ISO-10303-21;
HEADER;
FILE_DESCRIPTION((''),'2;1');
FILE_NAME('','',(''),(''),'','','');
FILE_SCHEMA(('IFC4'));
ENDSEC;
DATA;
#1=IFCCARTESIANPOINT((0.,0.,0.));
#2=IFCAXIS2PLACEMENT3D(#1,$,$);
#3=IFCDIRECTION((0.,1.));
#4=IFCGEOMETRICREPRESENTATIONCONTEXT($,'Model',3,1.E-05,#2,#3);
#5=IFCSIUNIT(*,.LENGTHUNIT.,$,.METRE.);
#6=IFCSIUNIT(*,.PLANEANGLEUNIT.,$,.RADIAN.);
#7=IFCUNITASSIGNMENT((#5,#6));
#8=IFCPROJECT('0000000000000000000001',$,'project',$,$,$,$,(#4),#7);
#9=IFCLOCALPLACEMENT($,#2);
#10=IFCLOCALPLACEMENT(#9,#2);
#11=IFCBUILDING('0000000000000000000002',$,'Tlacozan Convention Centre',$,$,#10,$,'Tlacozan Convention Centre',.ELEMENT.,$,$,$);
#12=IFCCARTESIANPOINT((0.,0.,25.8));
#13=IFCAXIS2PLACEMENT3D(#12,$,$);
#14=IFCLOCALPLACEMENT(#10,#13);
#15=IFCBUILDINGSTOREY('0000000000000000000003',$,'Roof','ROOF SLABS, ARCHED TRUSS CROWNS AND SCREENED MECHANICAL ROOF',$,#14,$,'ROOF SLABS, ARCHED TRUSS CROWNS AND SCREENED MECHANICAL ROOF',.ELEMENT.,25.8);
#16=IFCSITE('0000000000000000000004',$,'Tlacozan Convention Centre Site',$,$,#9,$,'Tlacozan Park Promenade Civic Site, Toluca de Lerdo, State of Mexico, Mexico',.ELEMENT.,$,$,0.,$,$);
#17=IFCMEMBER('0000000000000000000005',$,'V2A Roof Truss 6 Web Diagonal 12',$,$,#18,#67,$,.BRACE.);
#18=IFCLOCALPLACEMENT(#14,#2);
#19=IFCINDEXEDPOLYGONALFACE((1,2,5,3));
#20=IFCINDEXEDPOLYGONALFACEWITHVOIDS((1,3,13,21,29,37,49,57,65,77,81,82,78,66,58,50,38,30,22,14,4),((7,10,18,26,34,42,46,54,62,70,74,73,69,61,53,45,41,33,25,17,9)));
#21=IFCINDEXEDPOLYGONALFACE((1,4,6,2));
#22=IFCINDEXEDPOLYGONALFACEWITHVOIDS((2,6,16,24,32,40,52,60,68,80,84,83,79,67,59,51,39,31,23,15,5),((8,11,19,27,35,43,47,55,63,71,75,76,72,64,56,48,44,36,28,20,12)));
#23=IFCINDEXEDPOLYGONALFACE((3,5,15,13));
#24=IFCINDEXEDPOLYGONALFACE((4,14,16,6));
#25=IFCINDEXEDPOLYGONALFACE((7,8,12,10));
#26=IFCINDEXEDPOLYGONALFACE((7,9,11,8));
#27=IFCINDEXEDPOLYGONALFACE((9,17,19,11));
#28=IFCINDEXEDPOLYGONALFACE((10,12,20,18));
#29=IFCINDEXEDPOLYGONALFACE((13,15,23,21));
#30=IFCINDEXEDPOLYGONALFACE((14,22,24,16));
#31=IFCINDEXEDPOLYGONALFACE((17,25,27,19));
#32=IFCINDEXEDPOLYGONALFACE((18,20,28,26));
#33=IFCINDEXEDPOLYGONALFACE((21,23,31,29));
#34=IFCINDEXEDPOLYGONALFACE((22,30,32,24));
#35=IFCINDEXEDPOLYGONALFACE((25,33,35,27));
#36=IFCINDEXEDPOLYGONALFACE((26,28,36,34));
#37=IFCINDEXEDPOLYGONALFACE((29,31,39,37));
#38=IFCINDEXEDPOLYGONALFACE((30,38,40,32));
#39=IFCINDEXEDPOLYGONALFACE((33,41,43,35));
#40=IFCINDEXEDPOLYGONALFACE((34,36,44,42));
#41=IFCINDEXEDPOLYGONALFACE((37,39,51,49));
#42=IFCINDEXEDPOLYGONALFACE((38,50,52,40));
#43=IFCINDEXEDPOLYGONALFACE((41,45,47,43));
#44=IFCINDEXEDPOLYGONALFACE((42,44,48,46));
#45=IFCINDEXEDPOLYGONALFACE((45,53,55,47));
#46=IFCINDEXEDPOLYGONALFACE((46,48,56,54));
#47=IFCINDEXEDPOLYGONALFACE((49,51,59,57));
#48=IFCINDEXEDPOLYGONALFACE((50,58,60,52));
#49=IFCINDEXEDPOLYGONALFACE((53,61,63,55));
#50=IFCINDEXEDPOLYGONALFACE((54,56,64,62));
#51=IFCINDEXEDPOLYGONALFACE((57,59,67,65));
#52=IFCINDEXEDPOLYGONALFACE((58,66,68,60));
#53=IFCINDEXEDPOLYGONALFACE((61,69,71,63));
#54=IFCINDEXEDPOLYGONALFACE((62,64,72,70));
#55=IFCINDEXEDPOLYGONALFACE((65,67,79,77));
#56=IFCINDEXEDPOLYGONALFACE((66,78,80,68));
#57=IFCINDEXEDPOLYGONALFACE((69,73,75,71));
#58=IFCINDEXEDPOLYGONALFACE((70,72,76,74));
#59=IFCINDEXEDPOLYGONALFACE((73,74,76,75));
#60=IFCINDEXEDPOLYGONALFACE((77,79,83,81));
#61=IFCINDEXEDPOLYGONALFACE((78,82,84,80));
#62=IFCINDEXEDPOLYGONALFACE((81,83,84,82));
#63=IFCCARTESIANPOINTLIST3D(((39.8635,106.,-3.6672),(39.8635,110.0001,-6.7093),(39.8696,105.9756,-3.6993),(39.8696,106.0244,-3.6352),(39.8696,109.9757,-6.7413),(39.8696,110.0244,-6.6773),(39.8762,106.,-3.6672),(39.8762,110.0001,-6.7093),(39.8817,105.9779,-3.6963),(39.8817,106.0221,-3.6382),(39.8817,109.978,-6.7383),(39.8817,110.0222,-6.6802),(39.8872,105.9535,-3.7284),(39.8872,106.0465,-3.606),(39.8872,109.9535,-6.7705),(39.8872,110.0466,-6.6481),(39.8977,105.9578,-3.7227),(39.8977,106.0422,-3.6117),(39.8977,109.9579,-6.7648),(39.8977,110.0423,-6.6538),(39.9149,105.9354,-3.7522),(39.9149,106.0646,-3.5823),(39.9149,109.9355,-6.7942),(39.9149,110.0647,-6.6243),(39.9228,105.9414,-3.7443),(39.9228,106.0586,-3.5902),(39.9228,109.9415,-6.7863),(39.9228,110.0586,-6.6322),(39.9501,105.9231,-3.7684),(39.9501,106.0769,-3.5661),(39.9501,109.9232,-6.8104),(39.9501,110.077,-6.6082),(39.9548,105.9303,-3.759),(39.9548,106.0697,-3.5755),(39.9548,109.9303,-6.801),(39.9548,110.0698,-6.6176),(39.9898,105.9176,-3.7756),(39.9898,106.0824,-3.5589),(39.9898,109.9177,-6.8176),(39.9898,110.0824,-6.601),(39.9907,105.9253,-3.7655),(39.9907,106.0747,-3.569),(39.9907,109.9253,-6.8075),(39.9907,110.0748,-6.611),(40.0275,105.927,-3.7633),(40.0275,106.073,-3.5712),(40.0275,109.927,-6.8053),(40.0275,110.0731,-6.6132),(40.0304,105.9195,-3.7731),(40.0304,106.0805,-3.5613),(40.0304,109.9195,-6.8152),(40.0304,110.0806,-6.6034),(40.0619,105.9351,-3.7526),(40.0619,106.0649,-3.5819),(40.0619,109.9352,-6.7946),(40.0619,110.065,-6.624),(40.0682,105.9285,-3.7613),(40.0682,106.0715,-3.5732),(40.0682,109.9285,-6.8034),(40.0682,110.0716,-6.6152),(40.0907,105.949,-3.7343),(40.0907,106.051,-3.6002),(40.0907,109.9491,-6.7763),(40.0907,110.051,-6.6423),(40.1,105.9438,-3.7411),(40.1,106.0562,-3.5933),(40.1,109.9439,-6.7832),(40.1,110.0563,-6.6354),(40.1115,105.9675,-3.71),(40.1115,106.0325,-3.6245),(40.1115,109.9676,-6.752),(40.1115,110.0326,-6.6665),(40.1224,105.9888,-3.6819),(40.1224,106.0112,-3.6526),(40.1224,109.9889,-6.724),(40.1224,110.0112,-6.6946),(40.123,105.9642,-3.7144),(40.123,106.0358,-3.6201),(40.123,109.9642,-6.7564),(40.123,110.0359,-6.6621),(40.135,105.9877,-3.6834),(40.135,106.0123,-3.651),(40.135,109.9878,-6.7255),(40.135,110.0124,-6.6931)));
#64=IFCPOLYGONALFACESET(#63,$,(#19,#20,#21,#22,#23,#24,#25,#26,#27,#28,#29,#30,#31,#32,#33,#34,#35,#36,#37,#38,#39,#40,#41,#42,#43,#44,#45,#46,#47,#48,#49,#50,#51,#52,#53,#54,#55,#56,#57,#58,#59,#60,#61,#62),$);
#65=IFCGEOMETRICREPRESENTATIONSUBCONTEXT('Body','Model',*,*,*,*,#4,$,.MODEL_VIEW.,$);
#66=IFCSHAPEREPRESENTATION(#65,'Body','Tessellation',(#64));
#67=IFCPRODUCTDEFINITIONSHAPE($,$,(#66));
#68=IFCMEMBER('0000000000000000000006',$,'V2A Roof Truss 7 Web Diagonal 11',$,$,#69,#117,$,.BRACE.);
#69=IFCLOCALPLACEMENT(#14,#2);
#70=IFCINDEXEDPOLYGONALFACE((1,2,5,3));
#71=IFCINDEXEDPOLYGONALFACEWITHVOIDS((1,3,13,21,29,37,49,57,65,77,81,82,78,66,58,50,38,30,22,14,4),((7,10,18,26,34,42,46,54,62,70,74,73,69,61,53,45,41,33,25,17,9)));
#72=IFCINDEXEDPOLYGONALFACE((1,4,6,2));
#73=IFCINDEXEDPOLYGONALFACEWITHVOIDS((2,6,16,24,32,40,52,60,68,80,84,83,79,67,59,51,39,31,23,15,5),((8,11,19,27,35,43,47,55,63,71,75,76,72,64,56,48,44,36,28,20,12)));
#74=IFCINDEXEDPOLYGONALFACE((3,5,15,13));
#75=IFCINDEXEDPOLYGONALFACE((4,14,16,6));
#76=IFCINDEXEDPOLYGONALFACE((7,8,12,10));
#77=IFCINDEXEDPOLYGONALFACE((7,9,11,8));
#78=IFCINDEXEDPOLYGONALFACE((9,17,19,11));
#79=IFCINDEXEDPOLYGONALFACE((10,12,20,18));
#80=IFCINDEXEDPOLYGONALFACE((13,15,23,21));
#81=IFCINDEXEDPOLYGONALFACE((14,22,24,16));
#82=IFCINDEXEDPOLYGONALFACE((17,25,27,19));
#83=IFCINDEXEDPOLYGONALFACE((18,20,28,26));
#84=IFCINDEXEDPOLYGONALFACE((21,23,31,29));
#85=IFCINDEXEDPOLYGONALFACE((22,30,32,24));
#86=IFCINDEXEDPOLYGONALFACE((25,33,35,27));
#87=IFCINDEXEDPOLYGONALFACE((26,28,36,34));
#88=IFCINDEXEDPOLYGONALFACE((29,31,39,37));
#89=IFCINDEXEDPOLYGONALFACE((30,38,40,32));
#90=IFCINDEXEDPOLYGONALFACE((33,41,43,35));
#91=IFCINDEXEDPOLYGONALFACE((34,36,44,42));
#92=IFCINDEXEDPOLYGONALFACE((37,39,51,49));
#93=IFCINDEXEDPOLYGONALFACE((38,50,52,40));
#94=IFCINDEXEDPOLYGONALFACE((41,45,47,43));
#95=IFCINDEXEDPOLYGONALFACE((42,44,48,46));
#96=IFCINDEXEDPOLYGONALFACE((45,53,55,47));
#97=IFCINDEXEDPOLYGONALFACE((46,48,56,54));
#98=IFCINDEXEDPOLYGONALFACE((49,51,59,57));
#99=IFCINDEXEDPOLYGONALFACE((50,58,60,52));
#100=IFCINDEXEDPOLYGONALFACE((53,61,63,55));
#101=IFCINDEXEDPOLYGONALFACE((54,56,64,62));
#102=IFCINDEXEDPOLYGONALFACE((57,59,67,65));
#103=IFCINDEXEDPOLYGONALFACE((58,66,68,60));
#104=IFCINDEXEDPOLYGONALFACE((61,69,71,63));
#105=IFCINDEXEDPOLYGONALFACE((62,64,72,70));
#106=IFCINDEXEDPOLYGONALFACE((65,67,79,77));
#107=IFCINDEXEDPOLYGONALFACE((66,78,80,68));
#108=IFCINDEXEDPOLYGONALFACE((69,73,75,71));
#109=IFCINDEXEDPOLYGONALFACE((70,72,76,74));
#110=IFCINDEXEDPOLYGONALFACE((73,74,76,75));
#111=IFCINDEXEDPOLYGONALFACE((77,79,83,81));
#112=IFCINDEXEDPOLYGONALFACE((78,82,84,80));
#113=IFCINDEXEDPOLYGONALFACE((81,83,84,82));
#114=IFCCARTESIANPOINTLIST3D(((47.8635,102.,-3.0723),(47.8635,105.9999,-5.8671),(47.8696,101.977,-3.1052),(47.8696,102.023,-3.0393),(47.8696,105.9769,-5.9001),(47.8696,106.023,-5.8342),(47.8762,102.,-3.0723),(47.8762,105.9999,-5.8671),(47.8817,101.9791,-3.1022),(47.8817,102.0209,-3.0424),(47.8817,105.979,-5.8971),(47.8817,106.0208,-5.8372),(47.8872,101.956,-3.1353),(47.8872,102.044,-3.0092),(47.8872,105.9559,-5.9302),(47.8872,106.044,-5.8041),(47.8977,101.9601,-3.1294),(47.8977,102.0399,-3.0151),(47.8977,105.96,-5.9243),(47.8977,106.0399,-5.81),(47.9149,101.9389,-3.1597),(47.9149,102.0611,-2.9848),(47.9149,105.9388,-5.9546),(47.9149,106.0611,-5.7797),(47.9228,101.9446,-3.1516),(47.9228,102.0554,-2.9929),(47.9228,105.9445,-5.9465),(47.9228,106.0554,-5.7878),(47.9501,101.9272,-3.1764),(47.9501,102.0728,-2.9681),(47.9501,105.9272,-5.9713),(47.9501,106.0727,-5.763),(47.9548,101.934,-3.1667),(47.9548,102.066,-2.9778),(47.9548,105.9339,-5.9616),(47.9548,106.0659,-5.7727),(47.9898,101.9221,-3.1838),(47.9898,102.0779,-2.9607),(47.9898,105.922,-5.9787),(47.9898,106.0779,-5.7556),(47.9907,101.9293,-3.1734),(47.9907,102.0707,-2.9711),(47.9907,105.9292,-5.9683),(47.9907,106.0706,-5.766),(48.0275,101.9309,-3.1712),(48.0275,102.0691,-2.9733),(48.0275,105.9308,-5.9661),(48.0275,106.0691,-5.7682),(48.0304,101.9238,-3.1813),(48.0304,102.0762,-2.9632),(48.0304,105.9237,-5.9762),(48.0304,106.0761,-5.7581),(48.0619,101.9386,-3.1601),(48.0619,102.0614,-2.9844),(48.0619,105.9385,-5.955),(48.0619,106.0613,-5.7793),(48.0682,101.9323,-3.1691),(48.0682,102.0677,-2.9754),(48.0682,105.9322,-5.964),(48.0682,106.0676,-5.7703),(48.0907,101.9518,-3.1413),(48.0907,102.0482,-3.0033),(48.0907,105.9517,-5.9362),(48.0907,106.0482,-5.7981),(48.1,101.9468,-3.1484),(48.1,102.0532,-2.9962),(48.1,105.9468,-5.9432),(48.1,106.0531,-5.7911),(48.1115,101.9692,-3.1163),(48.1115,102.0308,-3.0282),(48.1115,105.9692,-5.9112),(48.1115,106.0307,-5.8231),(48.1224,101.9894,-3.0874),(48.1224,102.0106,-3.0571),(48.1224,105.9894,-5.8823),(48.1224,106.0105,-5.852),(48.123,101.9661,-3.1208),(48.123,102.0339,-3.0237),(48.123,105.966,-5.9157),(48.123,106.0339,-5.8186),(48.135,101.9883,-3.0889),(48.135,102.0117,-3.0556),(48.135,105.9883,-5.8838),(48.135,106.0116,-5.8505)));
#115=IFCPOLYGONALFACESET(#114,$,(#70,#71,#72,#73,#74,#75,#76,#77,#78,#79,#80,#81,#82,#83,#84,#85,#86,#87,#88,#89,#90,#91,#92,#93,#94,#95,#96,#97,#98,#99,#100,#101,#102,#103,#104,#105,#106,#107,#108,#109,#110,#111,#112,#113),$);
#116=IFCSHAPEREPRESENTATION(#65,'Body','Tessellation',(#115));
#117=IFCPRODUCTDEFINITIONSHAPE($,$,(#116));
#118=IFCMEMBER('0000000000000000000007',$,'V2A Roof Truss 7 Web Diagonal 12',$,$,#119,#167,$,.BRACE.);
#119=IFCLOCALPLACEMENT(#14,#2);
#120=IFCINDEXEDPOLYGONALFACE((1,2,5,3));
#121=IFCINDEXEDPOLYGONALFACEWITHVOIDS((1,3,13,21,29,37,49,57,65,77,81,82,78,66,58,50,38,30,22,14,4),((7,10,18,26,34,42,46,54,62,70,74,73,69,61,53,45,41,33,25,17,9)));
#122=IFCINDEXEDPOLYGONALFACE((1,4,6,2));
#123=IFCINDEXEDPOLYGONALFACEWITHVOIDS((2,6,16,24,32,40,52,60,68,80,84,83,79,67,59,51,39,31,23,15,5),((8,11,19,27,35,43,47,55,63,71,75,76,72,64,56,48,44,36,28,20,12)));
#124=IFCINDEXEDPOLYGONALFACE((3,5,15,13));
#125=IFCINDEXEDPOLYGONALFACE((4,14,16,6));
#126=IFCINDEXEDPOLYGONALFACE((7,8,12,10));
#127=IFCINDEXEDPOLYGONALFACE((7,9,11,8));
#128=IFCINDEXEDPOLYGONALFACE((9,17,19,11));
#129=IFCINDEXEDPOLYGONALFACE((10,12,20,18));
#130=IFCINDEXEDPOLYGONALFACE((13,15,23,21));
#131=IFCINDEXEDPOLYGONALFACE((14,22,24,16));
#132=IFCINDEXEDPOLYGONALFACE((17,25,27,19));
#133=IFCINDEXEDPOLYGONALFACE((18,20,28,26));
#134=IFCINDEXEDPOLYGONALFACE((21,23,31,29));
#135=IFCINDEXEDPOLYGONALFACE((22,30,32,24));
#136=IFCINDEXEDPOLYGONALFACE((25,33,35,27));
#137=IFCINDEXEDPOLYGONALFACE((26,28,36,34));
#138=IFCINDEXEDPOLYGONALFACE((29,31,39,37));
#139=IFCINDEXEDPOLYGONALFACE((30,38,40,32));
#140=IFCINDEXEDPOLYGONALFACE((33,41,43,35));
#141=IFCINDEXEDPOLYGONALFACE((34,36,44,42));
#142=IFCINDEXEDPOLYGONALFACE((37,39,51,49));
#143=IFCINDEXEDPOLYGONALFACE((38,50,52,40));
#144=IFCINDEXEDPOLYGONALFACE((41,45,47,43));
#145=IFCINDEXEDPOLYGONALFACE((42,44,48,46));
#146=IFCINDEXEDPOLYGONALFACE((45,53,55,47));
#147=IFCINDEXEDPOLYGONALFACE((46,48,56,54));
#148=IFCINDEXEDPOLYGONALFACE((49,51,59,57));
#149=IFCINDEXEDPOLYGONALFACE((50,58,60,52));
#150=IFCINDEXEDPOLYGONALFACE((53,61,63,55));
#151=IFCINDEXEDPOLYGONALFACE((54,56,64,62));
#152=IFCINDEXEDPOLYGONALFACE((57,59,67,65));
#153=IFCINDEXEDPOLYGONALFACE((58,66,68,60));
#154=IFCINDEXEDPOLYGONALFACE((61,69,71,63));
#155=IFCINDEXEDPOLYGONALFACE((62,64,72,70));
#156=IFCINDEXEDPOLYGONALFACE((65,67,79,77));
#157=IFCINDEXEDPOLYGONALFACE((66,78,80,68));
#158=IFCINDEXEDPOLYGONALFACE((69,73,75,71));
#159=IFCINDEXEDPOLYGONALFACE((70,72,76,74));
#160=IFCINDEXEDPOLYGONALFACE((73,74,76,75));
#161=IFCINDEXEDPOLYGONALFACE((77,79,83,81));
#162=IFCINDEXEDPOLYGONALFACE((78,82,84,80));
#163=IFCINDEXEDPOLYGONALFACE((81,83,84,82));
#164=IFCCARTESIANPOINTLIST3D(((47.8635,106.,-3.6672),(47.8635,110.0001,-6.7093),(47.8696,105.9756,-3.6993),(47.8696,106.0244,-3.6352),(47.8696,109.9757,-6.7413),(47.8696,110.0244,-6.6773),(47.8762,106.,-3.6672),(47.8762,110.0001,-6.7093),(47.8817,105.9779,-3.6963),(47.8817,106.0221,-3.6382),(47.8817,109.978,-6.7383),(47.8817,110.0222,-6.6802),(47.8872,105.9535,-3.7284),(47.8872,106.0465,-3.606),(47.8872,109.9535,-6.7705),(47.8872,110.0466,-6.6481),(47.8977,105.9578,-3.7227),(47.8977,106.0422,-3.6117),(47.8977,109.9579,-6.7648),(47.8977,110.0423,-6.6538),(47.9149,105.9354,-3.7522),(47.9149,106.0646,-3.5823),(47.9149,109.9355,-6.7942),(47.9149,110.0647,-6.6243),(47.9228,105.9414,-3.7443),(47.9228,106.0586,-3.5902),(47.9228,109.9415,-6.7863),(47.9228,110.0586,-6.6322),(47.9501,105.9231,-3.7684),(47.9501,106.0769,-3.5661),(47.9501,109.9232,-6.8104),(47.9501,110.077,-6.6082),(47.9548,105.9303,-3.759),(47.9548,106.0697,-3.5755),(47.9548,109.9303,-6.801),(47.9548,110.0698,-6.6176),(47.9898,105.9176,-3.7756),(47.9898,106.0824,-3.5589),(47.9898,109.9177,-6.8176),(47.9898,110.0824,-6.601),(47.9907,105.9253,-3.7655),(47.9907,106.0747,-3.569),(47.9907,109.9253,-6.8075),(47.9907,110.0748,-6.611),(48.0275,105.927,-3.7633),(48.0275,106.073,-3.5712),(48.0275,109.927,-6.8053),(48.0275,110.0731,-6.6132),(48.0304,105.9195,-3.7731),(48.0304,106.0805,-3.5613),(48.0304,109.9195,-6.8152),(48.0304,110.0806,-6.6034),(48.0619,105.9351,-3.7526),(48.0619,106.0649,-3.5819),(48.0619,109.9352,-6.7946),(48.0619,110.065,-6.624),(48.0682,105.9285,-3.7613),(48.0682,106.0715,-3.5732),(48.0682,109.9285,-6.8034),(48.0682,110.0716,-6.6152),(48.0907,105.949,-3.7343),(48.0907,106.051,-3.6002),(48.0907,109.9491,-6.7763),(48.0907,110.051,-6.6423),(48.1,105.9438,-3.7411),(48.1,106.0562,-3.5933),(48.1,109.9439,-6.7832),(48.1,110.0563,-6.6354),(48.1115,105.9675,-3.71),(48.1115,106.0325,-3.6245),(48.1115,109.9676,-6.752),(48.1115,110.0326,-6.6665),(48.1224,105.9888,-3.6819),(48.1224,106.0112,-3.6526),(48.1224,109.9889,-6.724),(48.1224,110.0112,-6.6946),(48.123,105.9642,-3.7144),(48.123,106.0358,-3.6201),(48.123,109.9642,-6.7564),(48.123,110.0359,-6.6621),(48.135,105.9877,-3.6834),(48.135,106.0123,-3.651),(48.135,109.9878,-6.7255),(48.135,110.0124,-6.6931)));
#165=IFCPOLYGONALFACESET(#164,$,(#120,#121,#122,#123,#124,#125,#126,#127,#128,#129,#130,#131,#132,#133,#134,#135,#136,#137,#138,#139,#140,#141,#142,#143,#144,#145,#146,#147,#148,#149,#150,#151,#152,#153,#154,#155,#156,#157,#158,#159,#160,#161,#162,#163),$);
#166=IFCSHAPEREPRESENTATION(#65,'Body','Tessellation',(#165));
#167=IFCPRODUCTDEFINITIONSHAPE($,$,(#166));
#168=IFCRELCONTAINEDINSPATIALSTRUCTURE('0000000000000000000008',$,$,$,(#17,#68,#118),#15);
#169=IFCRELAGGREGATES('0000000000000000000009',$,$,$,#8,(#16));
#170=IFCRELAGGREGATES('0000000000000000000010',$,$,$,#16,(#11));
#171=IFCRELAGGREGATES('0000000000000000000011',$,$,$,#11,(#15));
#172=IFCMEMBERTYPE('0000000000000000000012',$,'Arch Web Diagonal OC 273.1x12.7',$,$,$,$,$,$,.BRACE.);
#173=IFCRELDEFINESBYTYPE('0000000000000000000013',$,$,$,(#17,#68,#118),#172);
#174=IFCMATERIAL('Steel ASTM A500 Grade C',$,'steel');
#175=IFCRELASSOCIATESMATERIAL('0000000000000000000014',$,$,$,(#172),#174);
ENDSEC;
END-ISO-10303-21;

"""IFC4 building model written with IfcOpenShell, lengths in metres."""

from ifc_helpers import new_model, si_unit, direction, frame, origin, origin_2d, place, context, subcontext, project, spatial, hollow_circle, extrude, material, material_profile, profile_set, type_object, element, save


model = new_model("IFC4")

# Units and contexts
model_context = context("Model", 3, precision=1e-05, world=origin(), true_north=direction((0.0, 1.0)))
body_context = subcontext(model_context, "Body", "Model", "MODEL_VIEW")
ifc_project = project(units=[si_unit("LENGTHUNIT", "METRE"), si_unit("PLANEANGLEUNIT", "RADIAN")], contexts=[model_context])

# Site, building, storey
site_placement = place(None, origin())
site = spatial("IfcSite", under=ifc_project, at=site_placement, Name="Tlacozan Convention Centre Site", LongName="Tlacozan Park Promenade Civic Site, Toluca de Lerdo, State of Mexico, Mexico", CompositionType="ELEMENT", RefElevation=0.0)
building_placement = place(site_placement, origin())
building = spatial("IfcBuilding", under=site, at=building_placement, Name="Tlacozan Convention Centre", LongName="Tlacozan Convention Centre", CompositionType="ELEMENT")
storey_placement = place(building_placement, frame((0.0, 0.0, 25.8)))
storey = spatial("IfcBuildingStorey", under=building, at=storey_placement, Name="Roof", Description="ROOF SLABS, ARCHED TRUSS CROWNS AND SCREENED MECHANICAL ROOF", LongName="ROOF SLABS, ARCHED TRUSS CROWNS AND SCREENED MECHANICAL ROOF", CompositionType="ELEMENT", Elevation=25.8)

# Members
ifc_material_1 = material(Name="Steel ASTM A500 Grade C", Category="steel")
ifc_material_profile_1 = material_profile(ifc_material_1, hollow_circle(Radius=0.1365, WallThickness=0.0127, at=origin_2d()), Name="OC 273.1x12.7")
ifc_profile_set_1 = profile_set([ifc_material_profile_1], Name="Steel ASTM A500 Grade C")
member_type_1 = type_object("IfcMemberType", Name="Arch Web Diagonal OC 273.1x12.7", PredefinedType="BRACE", material=ifc_profile_set_1)
member_1_placement = place(storey_placement, frame((40.0, 106.0, -3.6672), z_axis=(0.0, 0.795971, -0.605335), x_axis=(-1.0, 0.0, 0.0)))
element("IfcMember", 1, at=member_1_placement, inside=storey, type_object=member_type_1, Name="V2A Roof Truss 6 Web Diagonal 12", PredefinedType="BRACE", context=body_context, shape_type="SweptSolid", body=[
    extrude(hollow_circle(Radius=0.1365, WallThickness=0.0127, at=origin_2d()), origin(), (0.0, 0.0, 1.0), 5.0254),
])
member_2_placement = place(storey_placement, frame((48.0, 102.0, -3.0723), z_axis=(0.0, 0.819721, -0.572764), x_axis=(-1.0, 0.0, 0.0)))
element("IfcMember", 2, at=member_2_placement, inside=storey, type_object=member_type_1, Name="V2A Roof Truss 7 Web Diagonal 11", PredefinedType="BRACE", context=body_context, shape_type="SweptSolid", body=[
    extrude(hollow_circle(Radius=0.1365, WallThickness=0.0127, at=origin_2d()), origin(), (0.0, 0.0, 1.0), 4.8796),
])
member_3_placement = place(storey_placement, frame((48.0, 106.0, -3.6672), z_axis=(0.0, 0.795971, -0.605335), x_axis=(-1.0, 0.0, 0.0)))
element("IfcMember", 3, at=member_3_placement, inside=storey, type_object=member_type_1, Name="V2A Roof Truss 7 Web Diagonal 12", PredefinedType="BRACE", context=body_context, shape_type="SweptSolid", body=[
    extrude(hollow_circle(Radius=0.1365, WallThickness=0.0127, at=origin_2d()), origin(), (0.0, 0.0, 1.0), 5.0254),
])

save(model, "model.ifc")
